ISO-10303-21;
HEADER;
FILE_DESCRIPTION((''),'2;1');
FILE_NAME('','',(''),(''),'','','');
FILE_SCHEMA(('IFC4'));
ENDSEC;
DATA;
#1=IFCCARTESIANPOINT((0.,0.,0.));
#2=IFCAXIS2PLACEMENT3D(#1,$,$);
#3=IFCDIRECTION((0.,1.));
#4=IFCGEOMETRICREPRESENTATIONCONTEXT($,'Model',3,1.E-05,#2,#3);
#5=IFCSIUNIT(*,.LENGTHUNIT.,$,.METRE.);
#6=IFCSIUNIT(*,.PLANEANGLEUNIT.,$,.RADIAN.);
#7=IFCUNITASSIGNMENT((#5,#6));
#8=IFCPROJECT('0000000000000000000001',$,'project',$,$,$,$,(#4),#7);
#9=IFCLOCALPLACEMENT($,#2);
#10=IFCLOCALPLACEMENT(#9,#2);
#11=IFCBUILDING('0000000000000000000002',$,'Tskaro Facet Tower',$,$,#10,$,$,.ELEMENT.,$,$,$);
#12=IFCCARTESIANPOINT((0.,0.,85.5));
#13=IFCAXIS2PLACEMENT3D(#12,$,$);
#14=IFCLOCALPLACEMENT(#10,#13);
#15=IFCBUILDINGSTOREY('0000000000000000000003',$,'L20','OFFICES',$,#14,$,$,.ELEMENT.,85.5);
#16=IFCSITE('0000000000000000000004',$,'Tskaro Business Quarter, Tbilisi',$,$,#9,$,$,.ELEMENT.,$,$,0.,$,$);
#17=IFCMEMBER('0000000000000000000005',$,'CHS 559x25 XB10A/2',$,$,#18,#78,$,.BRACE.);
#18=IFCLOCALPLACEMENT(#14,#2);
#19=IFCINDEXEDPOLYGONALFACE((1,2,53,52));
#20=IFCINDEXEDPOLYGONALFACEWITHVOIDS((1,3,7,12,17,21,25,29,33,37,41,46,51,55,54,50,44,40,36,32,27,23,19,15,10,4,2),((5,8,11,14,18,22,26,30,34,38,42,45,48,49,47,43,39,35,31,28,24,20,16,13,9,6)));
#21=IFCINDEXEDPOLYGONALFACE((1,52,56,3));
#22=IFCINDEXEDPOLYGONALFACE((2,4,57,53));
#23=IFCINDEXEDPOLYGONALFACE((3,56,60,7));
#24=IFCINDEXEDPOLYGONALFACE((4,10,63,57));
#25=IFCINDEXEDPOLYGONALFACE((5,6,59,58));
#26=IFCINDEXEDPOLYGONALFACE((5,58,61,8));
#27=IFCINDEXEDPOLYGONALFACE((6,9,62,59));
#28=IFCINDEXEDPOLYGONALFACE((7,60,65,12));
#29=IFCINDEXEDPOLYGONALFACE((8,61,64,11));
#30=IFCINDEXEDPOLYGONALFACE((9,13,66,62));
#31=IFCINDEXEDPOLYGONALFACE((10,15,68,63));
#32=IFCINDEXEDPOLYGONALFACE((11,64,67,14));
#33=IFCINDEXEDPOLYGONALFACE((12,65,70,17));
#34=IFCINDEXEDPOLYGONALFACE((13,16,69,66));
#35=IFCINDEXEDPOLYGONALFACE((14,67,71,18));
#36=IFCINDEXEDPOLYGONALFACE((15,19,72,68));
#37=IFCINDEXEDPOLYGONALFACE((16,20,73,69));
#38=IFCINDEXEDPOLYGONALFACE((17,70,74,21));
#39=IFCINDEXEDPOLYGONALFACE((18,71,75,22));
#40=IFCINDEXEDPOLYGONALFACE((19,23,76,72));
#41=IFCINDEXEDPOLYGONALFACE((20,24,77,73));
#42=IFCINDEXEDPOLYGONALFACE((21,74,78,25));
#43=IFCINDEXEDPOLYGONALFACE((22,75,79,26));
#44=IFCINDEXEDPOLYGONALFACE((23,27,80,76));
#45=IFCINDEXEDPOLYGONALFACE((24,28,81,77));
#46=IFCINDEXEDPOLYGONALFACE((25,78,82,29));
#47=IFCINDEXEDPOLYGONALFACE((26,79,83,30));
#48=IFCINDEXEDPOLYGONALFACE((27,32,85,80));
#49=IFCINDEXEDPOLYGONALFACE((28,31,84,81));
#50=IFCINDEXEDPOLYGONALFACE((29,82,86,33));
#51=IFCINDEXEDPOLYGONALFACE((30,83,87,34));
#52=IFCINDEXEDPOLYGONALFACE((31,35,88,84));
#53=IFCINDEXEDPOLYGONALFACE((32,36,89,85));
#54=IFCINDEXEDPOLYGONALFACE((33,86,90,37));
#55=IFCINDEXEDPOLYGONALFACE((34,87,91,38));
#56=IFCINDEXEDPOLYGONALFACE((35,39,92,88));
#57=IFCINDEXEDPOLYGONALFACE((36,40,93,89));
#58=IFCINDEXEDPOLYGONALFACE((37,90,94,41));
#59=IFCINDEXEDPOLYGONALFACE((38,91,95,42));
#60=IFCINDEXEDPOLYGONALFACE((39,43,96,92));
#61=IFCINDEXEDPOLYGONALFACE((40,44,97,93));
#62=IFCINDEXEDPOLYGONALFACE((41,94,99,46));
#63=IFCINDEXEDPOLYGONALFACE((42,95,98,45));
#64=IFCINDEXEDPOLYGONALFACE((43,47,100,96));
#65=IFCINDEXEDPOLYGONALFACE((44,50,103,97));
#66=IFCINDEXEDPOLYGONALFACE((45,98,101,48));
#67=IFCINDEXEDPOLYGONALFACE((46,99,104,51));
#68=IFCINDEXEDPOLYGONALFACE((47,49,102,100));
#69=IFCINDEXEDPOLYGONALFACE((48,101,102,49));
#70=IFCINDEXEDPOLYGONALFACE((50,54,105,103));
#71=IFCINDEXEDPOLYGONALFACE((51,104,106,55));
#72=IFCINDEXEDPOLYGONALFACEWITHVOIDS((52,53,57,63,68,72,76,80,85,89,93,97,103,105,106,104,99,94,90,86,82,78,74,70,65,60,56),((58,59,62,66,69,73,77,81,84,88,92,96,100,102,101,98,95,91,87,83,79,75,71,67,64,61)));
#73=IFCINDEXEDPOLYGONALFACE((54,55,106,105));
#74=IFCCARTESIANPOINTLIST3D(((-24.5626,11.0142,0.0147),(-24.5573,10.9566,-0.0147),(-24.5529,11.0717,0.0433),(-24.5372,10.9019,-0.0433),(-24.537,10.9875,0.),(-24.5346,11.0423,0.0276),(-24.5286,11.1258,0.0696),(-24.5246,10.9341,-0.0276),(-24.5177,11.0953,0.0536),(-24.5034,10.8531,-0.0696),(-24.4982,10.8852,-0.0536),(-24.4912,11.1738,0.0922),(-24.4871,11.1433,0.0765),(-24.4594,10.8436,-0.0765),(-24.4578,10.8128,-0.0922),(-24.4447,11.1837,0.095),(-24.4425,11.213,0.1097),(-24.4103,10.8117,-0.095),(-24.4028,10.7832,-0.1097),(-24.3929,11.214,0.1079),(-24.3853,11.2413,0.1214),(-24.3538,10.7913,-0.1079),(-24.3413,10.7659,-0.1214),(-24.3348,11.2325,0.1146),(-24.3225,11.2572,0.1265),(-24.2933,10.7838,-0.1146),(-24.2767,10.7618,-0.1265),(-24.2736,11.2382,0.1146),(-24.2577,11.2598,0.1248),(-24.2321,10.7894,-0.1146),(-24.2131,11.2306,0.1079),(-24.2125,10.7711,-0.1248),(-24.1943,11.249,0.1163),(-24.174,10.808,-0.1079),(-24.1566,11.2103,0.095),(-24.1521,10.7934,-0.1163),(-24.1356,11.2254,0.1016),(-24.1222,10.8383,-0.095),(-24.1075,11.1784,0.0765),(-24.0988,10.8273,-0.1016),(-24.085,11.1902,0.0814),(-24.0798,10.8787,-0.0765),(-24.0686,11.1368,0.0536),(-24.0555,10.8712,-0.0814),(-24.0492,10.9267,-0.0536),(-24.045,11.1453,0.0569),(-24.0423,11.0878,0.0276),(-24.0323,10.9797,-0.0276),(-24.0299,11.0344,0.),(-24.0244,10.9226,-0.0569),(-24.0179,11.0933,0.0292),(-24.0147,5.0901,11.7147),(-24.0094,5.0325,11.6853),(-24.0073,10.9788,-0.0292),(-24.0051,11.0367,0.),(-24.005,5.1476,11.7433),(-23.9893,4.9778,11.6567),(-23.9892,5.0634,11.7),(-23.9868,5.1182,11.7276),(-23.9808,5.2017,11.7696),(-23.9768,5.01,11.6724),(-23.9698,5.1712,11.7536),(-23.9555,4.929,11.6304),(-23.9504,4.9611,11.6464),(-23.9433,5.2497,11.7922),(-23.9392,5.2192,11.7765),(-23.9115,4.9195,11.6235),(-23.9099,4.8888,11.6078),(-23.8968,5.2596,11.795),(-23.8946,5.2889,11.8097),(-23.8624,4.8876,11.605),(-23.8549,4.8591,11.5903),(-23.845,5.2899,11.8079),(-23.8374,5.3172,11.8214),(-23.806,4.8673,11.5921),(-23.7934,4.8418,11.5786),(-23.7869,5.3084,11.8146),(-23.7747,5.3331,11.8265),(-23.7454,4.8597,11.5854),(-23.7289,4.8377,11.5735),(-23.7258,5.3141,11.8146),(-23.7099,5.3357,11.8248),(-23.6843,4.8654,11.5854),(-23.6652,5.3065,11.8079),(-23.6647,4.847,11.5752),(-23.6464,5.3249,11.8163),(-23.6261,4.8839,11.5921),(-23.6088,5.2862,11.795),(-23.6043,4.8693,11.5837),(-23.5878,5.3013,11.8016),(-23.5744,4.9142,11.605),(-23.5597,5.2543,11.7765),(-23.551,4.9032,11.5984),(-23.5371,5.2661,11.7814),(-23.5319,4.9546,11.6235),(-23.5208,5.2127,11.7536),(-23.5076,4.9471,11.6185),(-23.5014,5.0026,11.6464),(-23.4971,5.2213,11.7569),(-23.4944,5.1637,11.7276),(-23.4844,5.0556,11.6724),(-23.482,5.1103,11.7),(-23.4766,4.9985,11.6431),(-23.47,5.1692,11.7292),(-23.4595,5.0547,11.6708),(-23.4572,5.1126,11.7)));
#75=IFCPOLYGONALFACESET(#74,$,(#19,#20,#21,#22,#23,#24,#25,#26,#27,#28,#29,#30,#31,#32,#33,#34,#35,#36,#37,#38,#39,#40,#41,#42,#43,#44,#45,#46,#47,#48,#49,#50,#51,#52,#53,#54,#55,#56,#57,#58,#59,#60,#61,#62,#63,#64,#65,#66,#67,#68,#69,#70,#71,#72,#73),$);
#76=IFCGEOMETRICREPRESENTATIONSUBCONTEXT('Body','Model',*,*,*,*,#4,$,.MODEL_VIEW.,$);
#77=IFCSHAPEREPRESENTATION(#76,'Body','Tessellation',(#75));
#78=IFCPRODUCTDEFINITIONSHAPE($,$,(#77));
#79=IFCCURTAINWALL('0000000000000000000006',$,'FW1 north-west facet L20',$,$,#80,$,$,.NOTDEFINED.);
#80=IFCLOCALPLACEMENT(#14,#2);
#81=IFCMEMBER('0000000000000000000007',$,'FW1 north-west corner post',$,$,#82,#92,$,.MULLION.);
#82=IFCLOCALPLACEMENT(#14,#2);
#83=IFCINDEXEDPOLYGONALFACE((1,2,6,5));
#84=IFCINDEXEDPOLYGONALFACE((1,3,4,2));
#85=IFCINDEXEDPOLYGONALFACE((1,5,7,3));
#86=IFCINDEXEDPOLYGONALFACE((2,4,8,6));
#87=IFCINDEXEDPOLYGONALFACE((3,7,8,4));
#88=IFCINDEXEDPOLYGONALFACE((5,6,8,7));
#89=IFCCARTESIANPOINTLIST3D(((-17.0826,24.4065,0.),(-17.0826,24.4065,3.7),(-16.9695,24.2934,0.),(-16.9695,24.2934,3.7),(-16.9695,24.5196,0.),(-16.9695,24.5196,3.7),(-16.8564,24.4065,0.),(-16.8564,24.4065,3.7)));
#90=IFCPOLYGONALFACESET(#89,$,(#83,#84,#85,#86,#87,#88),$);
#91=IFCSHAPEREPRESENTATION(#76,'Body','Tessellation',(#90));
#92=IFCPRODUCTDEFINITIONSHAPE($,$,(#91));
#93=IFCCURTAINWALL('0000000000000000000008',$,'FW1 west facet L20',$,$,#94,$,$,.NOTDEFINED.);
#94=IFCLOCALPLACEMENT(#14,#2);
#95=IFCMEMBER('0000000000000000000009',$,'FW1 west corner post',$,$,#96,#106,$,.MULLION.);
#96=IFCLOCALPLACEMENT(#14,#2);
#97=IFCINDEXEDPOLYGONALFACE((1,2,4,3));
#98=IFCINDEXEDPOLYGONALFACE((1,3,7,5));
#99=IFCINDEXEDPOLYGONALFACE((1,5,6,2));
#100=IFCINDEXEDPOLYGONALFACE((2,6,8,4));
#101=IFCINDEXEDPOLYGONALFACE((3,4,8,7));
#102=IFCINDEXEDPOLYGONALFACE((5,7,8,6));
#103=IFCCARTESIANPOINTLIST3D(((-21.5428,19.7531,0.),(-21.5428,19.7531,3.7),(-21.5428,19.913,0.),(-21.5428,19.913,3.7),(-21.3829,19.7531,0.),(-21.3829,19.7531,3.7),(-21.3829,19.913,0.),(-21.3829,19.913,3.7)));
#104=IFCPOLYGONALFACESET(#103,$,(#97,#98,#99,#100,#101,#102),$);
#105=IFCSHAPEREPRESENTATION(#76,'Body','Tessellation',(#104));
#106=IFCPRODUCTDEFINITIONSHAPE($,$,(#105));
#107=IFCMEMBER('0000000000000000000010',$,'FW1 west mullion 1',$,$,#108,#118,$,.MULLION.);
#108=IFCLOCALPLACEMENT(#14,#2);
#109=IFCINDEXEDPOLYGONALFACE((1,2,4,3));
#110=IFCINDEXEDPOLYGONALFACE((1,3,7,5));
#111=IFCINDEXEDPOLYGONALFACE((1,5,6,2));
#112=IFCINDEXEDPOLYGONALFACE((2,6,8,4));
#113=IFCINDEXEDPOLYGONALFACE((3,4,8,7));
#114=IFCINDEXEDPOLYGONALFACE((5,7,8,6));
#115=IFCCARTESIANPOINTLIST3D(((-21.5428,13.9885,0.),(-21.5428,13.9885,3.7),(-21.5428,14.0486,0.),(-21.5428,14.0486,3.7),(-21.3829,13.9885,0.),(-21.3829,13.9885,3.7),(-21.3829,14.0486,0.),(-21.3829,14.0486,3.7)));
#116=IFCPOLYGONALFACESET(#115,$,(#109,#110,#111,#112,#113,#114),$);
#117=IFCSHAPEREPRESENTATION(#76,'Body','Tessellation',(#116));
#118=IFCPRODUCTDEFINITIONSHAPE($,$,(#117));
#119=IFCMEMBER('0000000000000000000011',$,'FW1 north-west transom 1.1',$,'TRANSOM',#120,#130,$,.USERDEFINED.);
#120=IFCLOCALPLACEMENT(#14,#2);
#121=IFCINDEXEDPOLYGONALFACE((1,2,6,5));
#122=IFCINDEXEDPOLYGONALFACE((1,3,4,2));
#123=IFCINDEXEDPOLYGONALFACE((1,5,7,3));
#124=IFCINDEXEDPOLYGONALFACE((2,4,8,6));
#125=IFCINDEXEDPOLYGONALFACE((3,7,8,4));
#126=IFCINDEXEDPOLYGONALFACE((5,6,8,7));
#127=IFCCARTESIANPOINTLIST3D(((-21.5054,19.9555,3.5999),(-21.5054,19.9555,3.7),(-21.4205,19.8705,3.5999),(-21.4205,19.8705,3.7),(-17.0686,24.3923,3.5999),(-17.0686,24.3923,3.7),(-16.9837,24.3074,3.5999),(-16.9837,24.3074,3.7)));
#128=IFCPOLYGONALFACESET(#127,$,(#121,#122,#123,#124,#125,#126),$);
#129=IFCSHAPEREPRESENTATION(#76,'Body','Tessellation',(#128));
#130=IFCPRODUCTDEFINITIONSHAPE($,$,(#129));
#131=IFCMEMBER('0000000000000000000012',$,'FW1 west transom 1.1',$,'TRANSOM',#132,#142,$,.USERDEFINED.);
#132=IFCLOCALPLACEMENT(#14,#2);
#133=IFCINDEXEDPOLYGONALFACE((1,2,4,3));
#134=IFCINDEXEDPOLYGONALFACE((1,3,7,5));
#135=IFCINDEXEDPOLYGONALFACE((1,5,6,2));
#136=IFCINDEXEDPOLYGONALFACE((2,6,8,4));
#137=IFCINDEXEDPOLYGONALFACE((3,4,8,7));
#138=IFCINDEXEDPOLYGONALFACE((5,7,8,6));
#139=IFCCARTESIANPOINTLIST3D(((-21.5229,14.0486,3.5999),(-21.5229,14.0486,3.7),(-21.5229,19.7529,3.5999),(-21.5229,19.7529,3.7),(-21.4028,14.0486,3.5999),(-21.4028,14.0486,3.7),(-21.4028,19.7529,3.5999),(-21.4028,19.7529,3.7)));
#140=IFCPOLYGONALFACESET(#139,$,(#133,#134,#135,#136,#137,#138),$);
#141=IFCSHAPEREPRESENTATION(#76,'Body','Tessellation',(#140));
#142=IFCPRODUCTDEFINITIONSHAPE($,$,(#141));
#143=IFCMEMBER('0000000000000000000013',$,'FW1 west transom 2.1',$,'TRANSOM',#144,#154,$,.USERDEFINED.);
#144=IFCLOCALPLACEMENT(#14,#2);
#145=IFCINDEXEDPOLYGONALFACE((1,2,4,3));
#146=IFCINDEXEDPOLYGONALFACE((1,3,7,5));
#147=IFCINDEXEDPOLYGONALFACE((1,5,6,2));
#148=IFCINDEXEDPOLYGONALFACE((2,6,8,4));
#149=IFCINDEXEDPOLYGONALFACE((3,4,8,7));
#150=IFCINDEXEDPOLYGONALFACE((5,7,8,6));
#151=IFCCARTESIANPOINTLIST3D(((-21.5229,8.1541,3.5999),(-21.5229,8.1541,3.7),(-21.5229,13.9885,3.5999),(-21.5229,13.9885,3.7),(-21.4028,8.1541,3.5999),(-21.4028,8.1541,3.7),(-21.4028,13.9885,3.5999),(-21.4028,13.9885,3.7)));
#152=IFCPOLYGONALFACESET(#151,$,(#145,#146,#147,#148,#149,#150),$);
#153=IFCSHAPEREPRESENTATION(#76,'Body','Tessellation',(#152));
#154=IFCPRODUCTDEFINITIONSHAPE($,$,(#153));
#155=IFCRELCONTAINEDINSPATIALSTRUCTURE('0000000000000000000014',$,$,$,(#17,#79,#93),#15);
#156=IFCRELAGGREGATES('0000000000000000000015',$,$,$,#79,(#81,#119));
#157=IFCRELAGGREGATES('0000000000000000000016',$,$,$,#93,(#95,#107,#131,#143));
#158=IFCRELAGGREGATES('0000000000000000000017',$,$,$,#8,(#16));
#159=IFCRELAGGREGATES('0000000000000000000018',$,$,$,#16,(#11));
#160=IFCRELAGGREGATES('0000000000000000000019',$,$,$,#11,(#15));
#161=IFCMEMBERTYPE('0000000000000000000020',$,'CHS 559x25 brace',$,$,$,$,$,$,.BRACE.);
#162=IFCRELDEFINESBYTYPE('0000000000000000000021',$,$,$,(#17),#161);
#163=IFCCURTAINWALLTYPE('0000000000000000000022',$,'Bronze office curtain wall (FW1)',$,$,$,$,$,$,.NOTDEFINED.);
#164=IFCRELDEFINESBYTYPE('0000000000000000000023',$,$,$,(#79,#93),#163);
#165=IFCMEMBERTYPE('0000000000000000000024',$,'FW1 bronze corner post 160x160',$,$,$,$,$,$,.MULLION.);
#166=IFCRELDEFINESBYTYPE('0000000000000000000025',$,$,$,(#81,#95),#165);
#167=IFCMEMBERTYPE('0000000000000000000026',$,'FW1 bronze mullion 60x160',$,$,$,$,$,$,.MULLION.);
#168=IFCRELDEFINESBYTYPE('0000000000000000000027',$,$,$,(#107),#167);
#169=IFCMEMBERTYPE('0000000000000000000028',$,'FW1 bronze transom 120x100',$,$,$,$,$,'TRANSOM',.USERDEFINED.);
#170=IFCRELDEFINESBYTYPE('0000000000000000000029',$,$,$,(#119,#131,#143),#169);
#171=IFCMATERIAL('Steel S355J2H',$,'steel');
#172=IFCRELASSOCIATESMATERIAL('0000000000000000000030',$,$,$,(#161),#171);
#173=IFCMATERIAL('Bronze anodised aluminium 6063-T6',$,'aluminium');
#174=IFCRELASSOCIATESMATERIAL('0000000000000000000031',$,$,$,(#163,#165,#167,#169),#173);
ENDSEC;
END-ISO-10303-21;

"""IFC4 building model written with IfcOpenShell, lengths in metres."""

from ifc_helpers import new_model, si_unit, direction, frame, origin, origin_2d, place, context, subcontext, project, spatial, rectangle, hollow_circle, extrude, material, material_profile, profile_set, type_object, element, aggregate, save


model = new_model("IFC4")

# Units and contexts
model_context = context("Model", 3, precision=1e-05, world=origin(), true_north=direction((0.0, 1.0)))
body_context = subcontext(model_context, "Body", "Model", "MODEL_VIEW")
ifc_project = project(units=[si_unit("LENGTHUNIT", "METRE"), si_unit("PLANEANGLEUNIT", "RADIAN")], contexts=[model_context])

# Site, building, storey
site_placement = place(None, origin())
site = spatial("IfcSite", under=ifc_project, at=site_placement, Name="Tskaro Business Quarter, Tbilisi", CompositionType="ELEMENT", RefElevation=0.0)
building_placement = place(site_placement, origin())
building = spatial("IfcBuilding", under=site, at=building_placement, Name="Tskaro Facet Tower", CompositionType="ELEMENT")
storey_placement = place(building_placement, frame((0.0, 0.0, 85.5)))
storey = spatial("IfcBuildingStorey", under=building, at=storey_placement, Name="L20", Description="OFFICES", CompositionType="ELEMENT", Elevation=85.5)

# Shared definitions
ifc_material_1 = material(Name="Steel S355J2H", Category="steel")

# Member
ifc_material_profile_1 = material_profile(ifc_material_1, hollow_circle(Radius=0.2795, WallThickness=0.0249, at=origin_2d()), Name="CHS 559x25")
ifc_profile_set_1 = profile_set([ifc_material_profile_1], Name="Steel S355J2H")
member_type_1 = type_object("IfcMemberType", Name="CHS 559x25 brace", PredefinedType="BRACE", material=ifc_profile_set_1)
member_1_placement = place(storey_placement, frame((-24.2834, 11.011, 0.0), z_axis=(0.041739, -0.451334, 0.891378), x_axis=(0.995751, 0.092086, 0.0)))
element("IfcMember", 1, at=member_1_placement, inside=storey, type_object=member_type_1, Name="CHS 559x25 XB10A/2", PredefinedType="BRACE", context=body_context, shape_type="SweptSolid", body=[
    extrude(hollow_circle(Radius=0.2795, WallThickness=0.0249, at=origin_2d()), origin(), (0.0, 0.0, 1.0), 13.1257),
])

# Curtain wall, member
ifc_material_2 = material(Name="Bronze anodised aluminium 6063-T6", Category="aluminium")
curtain_wall_type = type_object("IfcCurtainWallType", Name="Bronze office curtain wall (FW1)", PredefinedType="NOTDEFINED", material=ifc_material_2)
curtain_wall_1_placement = place(storey_placement, origin())
curtain_wall_1 = element("IfcCurtainWall", 2, at=curtain_wall_1_placement, inside=storey, type_object=curtain_wall_type, Name="FW1 north-west facet L20", PredefinedType="NOTDEFINED")
ifc_material_profile_2 = material_profile(ifc_material_2, rectangle(XDim=0.1599, YDim=0.1599, at=origin_2d()), Name="Corner post 160x160")
ifc_profile_set_2 = profile_set([ifc_material_profile_2], Name="Bronze anodised aluminium 6063-T6")
member_type_2 = type_object("IfcMemberType", Name="FW1 bronze corner post 160x160", PredefinedType="MULLION", material=ifc_profile_set_2)
member_2_placement = place(storey_placement, frame((-16.9695, 24.4065, 0.0), z_axis=(0.0, 0.0, 1.0), x_axis=(-0.707107, -0.707107, 0.0)))
member_2 = element("IfcMember", 3, at=member_2_placement, type_object=member_type_2, Name="FW1 north-west corner post", PredefinedType="MULLION", context=body_context, shape_type="SweptSolid", body=[
    extrude(rectangle(XDim=0.1599, YDim=0.1599, at=origin_2d()), origin(), (0.0, 0.0, 1.0), 3.7),
])

# Curtain wall, members
curtain_wall_2_placement = place(storey_placement, origin())
curtain_wall_2 = element("IfcCurtainWall", 4, at=curtain_wall_2_placement, inside=storey, type_object=curtain_wall_type, Name="FW1 west facet L20", PredefinedType="NOTDEFINED")
member_3_placement = place(storey_placement, frame((-21.4629, 19.833, 0.0), z_axis=(0.0, 0.0, 1.0), x_axis=(0.0, -1.0, 0.0)))
member_3 = element("IfcMember", 5, at=member_3_placement, type_object=member_type_2, Name="FW1 west corner post", PredefinedType="MULLION", context=body_context, shape_type="SweptSolid", body=[
    extrude(rectangle(XDim=0.1599, YDim=0.1599, at=origin_2d()), origin(), (0.0, 0.0, 1.0), 3.7),
])
ifc_material_profile_3 = material_profile(ifc_material_2, rectangle(XDim=0.0601, YDim=0.1599, at=origin_2d()), Name="Mullion 60x160")
ifc_profile_set_3 = profile_set([ifc_material_profile_3], Name="Bronze anodised aluminium 6063-T6")
member_type_3 = type_object("IfcMemberType", Name="FW1 bronze mullion 60x160", PredefinedType="MULLION", material=ifc_profile_set_3)
member_4_placement = place(storey_placement, frame((-21.4629, 14.0186, 0.0), z_axis=(0.0, 0.0, 1.0), x_axis=(0.0, -1.0, 0.0)))
member_4 = element("IfcMember", 6, at=member_4_placement, type_object=member_type_3, Name="FW1 west mullion 1", PredefinedType="MULLION", context=body_context, shape_type="SweptSolid", body=[
    extrude(rectangle(XDim=0.0601, YDim=0.1599, at=origin_2d()), origin(), (0.0, 0.0, 1.0), 3.7),
])

# Members
ifc_material_profile_4 = material_profile(ifc_material_2, rectangle(XDim=0.1201, YDim=0.1001, at=origin_2d()), Name="Transom 120x100")
ifc_profile_set_4 = profile_set([ifc_material_profile_4], Name="Bronze anodised aluminium 6063-T6")
member_type_4 = type_object("IfcMemberType", Name="FW1 bronze transom 120x100", ElementType="TRANSOM", PredefinedType="USERDEFINED", material=ifc_profile_set_4)
member_5_placement = place(storey_placement, frame((-17.0261, 24.3499, 3.6499), z_axis=(-0.707107, -0.707107, 0.0), x_axis=(0.707107, -0.707107, 0.0)))
member_5 = element("IfcMember", 7, at=member_5_placement, type_object=member_type_4, Name="FW1 north-west transom 1.1", ObjectType="TRANSOM", PredefinedType="USERDEFINED", context=body_context, shape_type="SweptSolid", body=[
    extrude(rectangle(XDim=0.1201, YDim=0.1001, at=origin_2d()), origin(), (0.0, 0.0, 1.0), 6.2747),
])
member_6_placement = place(storey_placement, frame((-21.4629, 19.7529, 3.6499), z_axis=(0.0, -1.0, 0.0), x_axis=(1.0, 0.0, 0.0)))
member_6 = element("IfcMember", 8, at=member_6_placement, type_object=member_type_4, Name="FW1 west transom 1.1", ObjectType="TRANSOM", PredefinedType="USERDEFINED", context=body_context, shape_type="SweptSolid", body=[
    extrude(rectangle(XDim=0.1201, YDim=0.1001, at=origin_2d()), origin(), (0.0, 0.0, 1.0), 5.7043),
])
member_7_placement = place(storey_placement, frame((-21.4629, 13.9885, 3.6499), z_axis=(0.0, -1.0, 0.0), x_axis=(1.0, 0.0, 0.0)))
member_7 = element("IfcMember", 9, at=member_7_placement, type_object=member_type_4, Name="FW1 west transom 2.1", ObjectType="TRANSOM", PredefinedType="USERDEFINED", context=body_context, shape_type="SweptSolid", body=[
    extrude(rectangle(XDim=0.1201, YDim=0.1001, at=origin_2d()), origin(), (0.0, 0.0, 1.0), 5.8345),
])

aggregate(curtain_wall_1, [member_2, member_5])
aggregate(curtain_wall_2, [member_3, member_4, member_6, member_7])

save(model, "model.ifc")
